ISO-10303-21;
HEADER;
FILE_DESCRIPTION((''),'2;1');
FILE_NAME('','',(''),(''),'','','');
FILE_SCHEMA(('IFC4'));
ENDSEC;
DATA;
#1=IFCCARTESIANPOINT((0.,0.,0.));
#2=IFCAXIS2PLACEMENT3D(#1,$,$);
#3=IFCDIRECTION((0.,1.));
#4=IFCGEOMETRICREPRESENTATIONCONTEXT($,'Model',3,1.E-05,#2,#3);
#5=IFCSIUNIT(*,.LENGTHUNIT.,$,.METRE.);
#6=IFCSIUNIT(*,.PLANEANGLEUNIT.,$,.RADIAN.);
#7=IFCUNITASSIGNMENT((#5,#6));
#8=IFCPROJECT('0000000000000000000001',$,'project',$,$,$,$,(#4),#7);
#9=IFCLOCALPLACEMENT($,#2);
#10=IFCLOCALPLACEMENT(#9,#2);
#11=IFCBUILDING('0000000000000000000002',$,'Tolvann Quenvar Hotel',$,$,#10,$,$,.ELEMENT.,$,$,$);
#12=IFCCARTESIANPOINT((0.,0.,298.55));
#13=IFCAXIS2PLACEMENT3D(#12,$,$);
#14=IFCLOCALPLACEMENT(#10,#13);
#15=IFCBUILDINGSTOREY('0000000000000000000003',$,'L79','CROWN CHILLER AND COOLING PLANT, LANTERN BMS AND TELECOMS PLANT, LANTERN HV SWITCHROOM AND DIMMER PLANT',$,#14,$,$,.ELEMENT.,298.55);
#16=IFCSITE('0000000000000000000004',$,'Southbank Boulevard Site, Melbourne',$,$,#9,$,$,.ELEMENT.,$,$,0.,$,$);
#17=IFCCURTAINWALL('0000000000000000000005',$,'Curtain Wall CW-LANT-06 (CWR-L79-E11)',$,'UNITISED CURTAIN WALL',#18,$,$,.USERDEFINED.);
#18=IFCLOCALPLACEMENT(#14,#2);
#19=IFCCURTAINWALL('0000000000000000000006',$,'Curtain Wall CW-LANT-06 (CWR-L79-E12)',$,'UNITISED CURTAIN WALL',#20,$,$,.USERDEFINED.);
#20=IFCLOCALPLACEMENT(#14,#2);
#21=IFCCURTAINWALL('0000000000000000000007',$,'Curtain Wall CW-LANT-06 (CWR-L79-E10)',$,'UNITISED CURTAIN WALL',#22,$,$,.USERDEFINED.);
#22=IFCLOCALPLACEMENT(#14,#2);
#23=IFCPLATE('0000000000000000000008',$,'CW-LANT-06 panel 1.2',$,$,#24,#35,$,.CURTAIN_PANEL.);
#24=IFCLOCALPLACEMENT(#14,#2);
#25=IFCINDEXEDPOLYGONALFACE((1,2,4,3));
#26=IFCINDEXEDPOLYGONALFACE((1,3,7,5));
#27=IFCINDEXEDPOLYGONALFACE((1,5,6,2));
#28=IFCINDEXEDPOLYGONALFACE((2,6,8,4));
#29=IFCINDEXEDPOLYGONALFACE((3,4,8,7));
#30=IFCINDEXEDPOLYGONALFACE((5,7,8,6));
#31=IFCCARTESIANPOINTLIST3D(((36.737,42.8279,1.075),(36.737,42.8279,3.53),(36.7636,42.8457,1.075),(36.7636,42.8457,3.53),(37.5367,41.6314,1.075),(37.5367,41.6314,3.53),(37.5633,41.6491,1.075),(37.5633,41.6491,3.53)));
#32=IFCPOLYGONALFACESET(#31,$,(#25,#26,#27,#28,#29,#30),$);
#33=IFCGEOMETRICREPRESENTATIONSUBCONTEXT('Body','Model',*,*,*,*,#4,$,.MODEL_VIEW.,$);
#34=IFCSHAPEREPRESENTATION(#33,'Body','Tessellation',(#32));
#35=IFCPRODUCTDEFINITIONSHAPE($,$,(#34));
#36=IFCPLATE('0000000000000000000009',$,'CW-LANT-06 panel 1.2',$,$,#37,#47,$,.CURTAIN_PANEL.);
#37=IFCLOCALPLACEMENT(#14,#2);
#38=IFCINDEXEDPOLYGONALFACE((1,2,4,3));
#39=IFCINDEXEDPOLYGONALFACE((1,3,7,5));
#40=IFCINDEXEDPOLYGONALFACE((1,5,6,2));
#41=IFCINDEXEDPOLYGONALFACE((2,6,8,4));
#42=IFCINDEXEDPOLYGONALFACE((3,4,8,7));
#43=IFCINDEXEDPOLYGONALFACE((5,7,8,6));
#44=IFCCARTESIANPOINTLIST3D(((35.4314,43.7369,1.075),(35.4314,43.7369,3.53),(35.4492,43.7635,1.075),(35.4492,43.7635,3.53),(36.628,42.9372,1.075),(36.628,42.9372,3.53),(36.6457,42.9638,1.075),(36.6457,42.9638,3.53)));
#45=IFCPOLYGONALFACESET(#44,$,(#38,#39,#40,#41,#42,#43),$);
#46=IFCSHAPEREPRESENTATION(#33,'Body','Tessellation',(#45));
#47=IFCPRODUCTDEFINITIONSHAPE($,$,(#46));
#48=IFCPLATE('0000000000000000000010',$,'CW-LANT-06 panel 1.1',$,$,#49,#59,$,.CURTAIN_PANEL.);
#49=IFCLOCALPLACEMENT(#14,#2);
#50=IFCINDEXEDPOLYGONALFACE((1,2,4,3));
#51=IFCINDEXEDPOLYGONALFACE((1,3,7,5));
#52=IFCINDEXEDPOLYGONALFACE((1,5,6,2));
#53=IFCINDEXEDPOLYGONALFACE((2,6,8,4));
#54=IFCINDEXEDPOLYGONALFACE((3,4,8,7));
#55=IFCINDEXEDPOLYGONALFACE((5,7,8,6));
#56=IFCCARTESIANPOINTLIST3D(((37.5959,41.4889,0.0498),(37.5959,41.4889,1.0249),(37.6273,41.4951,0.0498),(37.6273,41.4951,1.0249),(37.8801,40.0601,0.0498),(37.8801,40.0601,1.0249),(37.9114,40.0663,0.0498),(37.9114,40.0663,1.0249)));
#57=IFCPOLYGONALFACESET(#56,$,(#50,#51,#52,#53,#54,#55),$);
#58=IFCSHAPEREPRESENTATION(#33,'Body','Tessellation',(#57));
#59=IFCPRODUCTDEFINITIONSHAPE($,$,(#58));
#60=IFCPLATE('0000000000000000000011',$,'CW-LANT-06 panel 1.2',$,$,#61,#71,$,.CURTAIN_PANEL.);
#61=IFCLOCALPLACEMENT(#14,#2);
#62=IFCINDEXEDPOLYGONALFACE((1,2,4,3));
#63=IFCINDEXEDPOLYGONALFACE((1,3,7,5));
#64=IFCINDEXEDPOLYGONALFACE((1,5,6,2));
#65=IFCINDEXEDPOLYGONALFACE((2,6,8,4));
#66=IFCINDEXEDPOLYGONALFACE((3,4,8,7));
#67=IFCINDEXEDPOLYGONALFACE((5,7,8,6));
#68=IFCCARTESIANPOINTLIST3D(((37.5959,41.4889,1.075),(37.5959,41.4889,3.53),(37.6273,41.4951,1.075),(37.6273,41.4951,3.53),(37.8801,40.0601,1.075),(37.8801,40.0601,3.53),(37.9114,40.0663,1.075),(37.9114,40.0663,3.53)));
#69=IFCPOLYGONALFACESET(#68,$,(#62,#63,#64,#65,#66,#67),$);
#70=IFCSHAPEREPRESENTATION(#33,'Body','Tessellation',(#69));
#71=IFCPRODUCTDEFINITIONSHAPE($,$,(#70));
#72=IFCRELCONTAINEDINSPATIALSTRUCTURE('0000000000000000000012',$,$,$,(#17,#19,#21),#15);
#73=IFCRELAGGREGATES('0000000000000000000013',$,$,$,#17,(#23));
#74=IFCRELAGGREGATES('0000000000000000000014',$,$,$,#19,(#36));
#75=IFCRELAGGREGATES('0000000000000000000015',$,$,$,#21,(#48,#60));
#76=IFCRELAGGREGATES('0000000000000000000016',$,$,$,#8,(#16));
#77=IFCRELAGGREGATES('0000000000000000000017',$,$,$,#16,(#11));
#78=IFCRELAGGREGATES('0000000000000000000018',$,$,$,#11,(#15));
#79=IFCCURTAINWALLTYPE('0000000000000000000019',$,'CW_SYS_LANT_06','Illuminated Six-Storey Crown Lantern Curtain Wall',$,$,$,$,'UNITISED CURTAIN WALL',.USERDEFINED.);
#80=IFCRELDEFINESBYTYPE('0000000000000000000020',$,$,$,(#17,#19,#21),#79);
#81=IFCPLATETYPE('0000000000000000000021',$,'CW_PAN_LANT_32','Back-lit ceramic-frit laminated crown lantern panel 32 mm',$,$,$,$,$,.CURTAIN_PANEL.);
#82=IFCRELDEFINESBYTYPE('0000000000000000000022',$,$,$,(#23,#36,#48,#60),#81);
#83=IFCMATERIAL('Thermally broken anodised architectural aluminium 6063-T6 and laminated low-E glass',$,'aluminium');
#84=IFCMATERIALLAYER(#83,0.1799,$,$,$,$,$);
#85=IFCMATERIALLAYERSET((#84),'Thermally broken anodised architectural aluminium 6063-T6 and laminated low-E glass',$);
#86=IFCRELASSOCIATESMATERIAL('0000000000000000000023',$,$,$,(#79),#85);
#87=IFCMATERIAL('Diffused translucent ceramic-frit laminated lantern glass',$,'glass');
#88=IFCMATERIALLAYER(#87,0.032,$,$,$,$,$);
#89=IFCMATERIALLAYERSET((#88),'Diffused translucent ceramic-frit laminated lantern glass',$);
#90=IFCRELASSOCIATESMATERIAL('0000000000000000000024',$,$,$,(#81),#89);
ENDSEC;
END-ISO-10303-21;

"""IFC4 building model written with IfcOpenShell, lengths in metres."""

from ifc_helpers import new_model, si_unit, direction, frame, origin, origin_2d, place, context, subcontext, project, spatial, rectangle, extrude, source, transform, mapped, material, layer, layer_set, type_object, element, aggregate, save


model = new_model("IFC4")

# Units and contexts
model_context = context("Model", 3, precision=1e-05, world=origin(), true_north=direction((0.0, 1.0)))
body_context = subcontext(model_context, "Body", "Model", "MODEL_VIEW")
ifc_project = project(units=[si_unit("LENGTHUNIT", "METRE"), si_unit("PLANEANGLEUNIT", "RADIAN")], contexts=[model_context])

# Site, building, storey
site_placement = place(None, origin())
site = spatial("IfcSite", under=ifc_project, at=site_placement, Name="Southbank Boulevard Site, Melbourne", CompositionType="ELEMENT", RefElevation=0.0)
building_placement = place(site_placement, origin())
building = spatial("IfcBuilding", under=site, at=building_placement, Name="Tolvann Quenvar Hotel", CompositionType="ELEMENT")
storey_placement = place(building_placement, frame((0.0, 0.0, 298.55)))
storey = spatial("IfcBuildingStorey", under=building, at=storey_placement, Name="L79", Description="CROWN CHILLER AND COOLING PLANT, LANTERN BMS AND TELECOMS PLANT, LANTERN HV SWITCHROOM AND DIMMER PLANT", CompositionType="ELEMENT", Elevation=298.55)

# Curtain walls
ifc_material_1 = material(Name="Thermally broken anodised architectural aluminium 6063-T6 and laminated low-E glass", Category="aluminium")
ifc_layer_1 = layer(ifc_material_1, 0.1799)
ifc_layer_set_1 = layer_set([ifc_layer_1], Name="Thermally broken anodised architectural aluminium 6063-T6 and laminated low-E glass")
curtain_wall_type = type_object("IfcCurtainWallType", Name="CW_SYS_LANT_06", Description="Illuminated Six-Storey Crown Lantern Curtain Wall", ElementType="UNITISED CURTAIN WALL", PredefinedType="USERDEFINED", material=ifc_layer_set_1)
curtain_wall_1_placement = place(storey_placement, origin())
curtain_wall_1 = element("IfcCurtainWall", 1, at=curtain_wall_1_placement, inside=storey, type_object=curtain_wall_type, Name="Curtain Wall CW-LANT-06 (CWR-L79-E11)", ObjectType="UNITISED CURTAIN WALL", PredefinedType="USERDEFINED")
curtain_wall_2_placement = place(storey_placement, origin())
curtain_wall_2 = element("IfcCurtainWall", 2, at=curtain_wall_2_placement, inside=storey, type_object=curtain_wall_type, Name="Curtain Wall CW-LANT-06 (CWR-L79-E12)", ObjectType="UNITISED CURTAIN WALL", PredefinedType="USERDEFINED")
curtain_wall_3_placement = place(storey_placement, origin())
curtain_wall_3 = element("IfcCurtainWall", 3, at=curtain_wall_3_placement, inside=storey, type_object=curtain_wall_type, Name="Curtain Wall CW-LANT-06 (CWR-L79-E10)", ObjectType="UNITISED CURTAIN WALL", PredefinedType="USERDEFINED")

# Plates
ifc_material_2 = material(Name="Diffused translucent ceramic-frit laminated lantern glass", Category="glass")
ifc_layer_2 = layer(ifc_material_2, 0.032)
ifc_layer_set_2 = layer_set([ifc_layer_2], Name="Diffused translucent ceramic-frit laminated lantern glass")
plate_type = type_object("IfcPlateType", Name="CW_PAN_LANT_32", Description="Back-lit ceramic-frit laminated crown lantern panel 32 mm", PredefinedType="CURTAIN_PANEL", material=ifc_layer_set_2)
shared_shape_1 = source(origin(), body_context, "Body", "SweptSolid", [
    extrude(rectangle(XDim=1.4392, YDim=0.032, at=origin_2d()), origin(), (0.0, 0.0, 1.0), 2.4551),
])
plate_1_placement = place(storey_placement, frame((37.1501, 42.2385, 1.075), z_axis=(0.0, 0.0, 1.0), x_axis=(-0.555656, 0.831412, 0.0)))
plate_1 = element("IfcPlate", 4, at=plate_1_placement, type_object=plate_type, Name="CW-LANT-06 panel 1.2", PredefinedType="CURTAIN_PANEL", context=body_context, shape_type="MappedRepresentation", body=[
    mapped(shared_shape_1, transform((0.0, 0.0, 0.0), x_axis=(1.0, 0.0, 0.0), y_axis=(0.0, 1.0, 0.0), z_axis=(0.0, 0.0, 1.0), scale=1.0)),
])
aggregate(curtain_wall_1, [plate_1])
plate_2_placement = place(storey_placement, frame((36.0386, 43.3503, 1.075), z_axis=(0.0, 0.0, 1.0), x_axis=(-0.831412, 0.555656, 0.0)))
plate_2 = element("IfcPlate", 5, at=plate_2_placement, type_object=plate_type, Name="CW-LANT-06 panel 1.2", PredefinedType="CURTAIN_PANEL", context=body_context, shape_type="MappedRepresentation", body=[
    mapped(shared_shape_1, transform((0.0, 0.0, 0.0), x_axis=(1.0, 0.0, 0.0), y_axis=(0.0, 1.0, 0.0), z_axis=(0.0, 0.0, 1.0), scale=1.0)),
])
aggregate(curtain_wall_2, [plate_2])
shared_shape_2 = source(origin(), body_context, "Body", "SweptSolid", [
    extrude(rectangle(XDim=1.4568, YDim=0.032, at=origin_2d()), origin(), (0.0, 0.0, 1.0), 0.9751),
])
plate_3_placement = place(storey_placement, frame((37.7537, 40.7776, 0.0498), z_axis=(0.0, 0.0, 1.0), x_axis=(-0.195062, 0.980791, 0.0)))
plate_3 = element("IfcPlate", 6, at=plate_3_placement, type_object=plate_type, Name="CW-LANT-06 panel 1.1", PredefinedType="CURTAIN_PANEL", context=body_context, shape_type="MappedRepresentation", body=[
    mapped(shared_shape_2, transform((0.0, 0.0, 0.0), x_axis=(1.0, 0.0, 0.0), y_axis=(0.0, 1.0, 0.0), z_axis=(0.0, 0.0, 1.0), scale=1.0)),
])
shared_shape_3 = source(origin(), body_context, "Body", "SweptSolid", [
    extrude(rectangle(XDim=1.4568, YDim=0.032, at=origin_2d()), origin(), (0.0, 0.0, 1.0), 2.4551),
])
plate_4_placement = place(storey_placement, frame((37.7537, 40.7776, 1.075), z_axis=(0.0, 0.0, 1.0), x_axis=(-0.195062, 0.980791, 0.0)))
plate_4 = element("IfcPlate", 7, at=plate_4_placement, type_object=plate_type, Name="CW-LANT-06 panel 1.2", PredefinedType="CURTAIN_PANEL", context=body_context, shape_type="MappedRepresentation", body=[
    mapped(shared_shape_3, transform((0.0, 0.0, 0.0), x_axis=(1.0, 0.0, 0.0), y_axis=(0.0, 1.0, 0.0), z_axis=(0.0, 0.0, 1.0), scale=1.0)),
])
aggregate(curtain_wall_3, [plate_3, plate_4])

save(model, "model.ifc")
